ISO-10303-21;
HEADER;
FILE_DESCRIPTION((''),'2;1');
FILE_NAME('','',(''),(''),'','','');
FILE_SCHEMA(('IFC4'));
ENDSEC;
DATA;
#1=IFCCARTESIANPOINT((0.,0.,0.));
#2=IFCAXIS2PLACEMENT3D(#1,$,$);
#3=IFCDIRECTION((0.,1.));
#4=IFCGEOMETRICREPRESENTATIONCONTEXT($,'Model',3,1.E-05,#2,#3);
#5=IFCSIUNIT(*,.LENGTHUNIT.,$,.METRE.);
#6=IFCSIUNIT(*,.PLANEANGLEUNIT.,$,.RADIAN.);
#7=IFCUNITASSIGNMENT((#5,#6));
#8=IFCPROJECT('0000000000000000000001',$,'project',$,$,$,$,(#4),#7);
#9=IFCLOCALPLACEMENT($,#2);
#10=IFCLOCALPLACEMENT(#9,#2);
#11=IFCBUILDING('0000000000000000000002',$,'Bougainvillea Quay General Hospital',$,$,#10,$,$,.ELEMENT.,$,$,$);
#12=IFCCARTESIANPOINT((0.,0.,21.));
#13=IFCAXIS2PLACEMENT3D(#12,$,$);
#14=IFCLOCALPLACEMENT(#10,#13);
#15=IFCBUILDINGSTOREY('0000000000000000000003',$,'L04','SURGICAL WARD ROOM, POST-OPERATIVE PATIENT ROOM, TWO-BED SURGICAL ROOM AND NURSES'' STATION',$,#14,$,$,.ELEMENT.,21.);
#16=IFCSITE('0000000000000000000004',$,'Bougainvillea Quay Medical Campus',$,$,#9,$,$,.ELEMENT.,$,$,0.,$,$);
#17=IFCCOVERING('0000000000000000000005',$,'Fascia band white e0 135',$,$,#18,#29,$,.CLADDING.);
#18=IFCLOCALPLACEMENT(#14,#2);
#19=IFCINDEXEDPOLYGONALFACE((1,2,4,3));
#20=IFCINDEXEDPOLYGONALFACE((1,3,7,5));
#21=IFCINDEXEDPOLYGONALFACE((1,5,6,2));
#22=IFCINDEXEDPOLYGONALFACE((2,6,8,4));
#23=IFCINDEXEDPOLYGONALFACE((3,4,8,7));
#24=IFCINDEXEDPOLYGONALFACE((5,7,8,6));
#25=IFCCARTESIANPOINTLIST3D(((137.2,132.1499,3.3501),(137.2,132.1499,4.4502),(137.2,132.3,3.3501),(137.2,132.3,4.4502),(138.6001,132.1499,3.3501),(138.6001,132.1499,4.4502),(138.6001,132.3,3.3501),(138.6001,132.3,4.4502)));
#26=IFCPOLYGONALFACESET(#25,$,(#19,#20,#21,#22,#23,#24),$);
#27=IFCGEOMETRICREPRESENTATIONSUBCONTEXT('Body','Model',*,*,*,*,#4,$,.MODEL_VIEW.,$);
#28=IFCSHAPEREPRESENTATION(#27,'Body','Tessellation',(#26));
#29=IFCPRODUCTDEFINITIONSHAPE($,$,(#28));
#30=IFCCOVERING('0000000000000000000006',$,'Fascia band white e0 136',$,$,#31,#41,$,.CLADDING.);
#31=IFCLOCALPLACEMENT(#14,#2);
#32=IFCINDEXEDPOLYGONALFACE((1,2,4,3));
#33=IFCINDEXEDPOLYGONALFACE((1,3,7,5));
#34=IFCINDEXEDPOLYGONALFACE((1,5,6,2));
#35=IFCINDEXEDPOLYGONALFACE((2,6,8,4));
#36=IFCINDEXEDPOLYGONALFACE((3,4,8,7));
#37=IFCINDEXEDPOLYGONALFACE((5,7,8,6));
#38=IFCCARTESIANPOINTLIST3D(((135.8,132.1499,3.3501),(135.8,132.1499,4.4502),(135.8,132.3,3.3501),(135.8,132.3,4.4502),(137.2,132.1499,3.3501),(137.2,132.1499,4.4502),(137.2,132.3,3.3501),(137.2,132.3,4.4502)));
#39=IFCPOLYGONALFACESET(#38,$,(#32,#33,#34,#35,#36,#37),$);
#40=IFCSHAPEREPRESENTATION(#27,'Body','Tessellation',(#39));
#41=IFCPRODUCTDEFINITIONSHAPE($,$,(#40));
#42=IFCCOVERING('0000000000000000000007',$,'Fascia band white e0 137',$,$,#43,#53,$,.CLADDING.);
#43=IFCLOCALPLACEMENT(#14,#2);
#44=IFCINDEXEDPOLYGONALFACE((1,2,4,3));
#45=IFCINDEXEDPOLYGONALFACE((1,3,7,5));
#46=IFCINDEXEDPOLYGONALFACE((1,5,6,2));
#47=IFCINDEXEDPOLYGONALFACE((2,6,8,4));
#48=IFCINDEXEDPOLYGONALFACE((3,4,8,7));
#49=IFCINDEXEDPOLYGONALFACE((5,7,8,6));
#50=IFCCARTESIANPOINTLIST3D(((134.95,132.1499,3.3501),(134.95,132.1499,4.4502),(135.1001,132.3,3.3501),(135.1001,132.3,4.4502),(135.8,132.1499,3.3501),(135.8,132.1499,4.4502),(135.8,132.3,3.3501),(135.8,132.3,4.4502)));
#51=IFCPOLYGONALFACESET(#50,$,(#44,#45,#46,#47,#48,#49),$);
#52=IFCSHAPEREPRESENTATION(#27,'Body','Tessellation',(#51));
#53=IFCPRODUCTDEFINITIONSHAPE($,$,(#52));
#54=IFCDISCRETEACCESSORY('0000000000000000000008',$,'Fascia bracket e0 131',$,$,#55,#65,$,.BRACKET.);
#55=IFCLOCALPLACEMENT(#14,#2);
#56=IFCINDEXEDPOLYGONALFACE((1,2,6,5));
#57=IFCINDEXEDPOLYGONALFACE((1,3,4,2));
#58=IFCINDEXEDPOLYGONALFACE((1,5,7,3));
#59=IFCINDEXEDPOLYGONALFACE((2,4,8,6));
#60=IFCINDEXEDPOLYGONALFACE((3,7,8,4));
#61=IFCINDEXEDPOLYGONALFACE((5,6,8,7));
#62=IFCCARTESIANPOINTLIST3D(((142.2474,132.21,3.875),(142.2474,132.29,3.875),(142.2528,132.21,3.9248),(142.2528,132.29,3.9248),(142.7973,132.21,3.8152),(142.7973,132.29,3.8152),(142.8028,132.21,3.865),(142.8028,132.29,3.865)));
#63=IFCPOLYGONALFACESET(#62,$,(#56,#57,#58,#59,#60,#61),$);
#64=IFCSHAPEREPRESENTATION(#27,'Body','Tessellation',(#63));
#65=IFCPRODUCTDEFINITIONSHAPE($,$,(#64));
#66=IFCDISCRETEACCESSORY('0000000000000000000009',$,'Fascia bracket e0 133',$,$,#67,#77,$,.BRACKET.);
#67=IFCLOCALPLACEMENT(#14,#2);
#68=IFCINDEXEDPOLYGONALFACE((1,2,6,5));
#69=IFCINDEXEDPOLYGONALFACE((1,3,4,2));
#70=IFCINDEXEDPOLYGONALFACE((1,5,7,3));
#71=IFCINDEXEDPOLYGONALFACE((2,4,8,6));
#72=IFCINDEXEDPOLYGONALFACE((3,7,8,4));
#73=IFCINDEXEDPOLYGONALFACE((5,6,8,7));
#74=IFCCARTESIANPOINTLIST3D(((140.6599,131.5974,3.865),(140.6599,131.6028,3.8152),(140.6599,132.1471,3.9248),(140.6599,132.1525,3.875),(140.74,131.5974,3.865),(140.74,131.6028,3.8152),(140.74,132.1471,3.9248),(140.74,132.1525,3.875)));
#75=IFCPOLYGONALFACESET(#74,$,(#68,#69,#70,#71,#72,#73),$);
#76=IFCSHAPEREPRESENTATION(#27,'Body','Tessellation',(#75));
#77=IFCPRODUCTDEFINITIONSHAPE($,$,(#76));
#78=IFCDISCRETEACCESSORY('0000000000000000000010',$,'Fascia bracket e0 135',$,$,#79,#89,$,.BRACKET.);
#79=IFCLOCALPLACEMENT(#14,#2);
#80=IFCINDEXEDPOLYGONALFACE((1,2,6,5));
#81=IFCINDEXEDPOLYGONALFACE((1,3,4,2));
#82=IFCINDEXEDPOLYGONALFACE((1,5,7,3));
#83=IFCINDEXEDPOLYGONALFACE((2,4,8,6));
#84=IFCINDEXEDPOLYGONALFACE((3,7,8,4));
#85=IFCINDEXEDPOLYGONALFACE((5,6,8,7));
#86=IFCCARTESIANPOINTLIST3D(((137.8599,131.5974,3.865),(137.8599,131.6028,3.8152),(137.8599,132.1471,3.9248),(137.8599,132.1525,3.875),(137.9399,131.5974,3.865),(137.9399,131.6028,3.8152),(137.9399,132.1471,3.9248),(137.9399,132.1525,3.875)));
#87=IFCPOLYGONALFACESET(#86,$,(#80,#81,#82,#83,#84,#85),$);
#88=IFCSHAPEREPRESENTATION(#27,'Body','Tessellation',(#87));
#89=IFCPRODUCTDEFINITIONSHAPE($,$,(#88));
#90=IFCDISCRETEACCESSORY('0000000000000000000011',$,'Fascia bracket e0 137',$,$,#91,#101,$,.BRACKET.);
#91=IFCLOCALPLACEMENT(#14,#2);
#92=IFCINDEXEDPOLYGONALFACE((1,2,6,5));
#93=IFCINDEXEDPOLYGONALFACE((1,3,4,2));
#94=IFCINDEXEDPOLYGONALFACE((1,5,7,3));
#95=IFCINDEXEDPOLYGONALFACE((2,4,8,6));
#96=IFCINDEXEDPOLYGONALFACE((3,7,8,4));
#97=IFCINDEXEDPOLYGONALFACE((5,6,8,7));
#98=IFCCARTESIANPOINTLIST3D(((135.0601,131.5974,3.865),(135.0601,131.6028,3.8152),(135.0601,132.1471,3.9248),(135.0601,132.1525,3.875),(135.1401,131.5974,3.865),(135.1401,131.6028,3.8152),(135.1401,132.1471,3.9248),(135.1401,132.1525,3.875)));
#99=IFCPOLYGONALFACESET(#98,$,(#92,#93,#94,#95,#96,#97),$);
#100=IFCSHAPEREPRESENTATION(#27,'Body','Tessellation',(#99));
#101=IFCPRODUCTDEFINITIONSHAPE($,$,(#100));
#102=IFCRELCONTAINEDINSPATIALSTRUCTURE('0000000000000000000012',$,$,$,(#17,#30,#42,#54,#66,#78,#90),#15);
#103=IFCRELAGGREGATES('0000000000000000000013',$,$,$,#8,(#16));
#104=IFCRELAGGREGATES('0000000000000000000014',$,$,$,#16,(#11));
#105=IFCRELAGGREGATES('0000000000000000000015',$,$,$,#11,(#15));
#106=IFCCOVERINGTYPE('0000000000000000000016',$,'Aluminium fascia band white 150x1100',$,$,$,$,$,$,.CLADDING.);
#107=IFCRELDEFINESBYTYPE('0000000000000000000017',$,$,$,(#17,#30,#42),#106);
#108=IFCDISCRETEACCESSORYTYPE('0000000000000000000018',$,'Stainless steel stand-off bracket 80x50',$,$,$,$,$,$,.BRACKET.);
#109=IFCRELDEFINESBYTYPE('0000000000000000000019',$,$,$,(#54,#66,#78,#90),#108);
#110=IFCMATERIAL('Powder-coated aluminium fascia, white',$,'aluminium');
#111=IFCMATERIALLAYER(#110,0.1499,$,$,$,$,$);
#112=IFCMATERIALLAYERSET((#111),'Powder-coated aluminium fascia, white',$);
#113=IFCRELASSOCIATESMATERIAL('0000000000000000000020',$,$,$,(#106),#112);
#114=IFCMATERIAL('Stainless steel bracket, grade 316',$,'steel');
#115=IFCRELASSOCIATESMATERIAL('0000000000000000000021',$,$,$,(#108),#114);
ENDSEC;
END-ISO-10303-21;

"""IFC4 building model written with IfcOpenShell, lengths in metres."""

from ifc_helpers import new_model, si_unit, direction, frame, origin, origin_2d, place, context, subcontext, project, spatial, polyline, rectangle, outline, extrude, material, layer, layer_set, material_profile, profile_set, type_object, element, save


model = new_model("IFC4")

# Units and contexts
model_context = context("Model", 3, precision=1e-05, world=origin(), true_north=direction((0.0, 1.0)))
body_context = subcontext(model_context, "Body", "Model", "MODEL_VIEW")
ifc_project = project(units=[si_unit("LENGTHUNIT", "METRE"), si_unit("PLANEANGLEUNIT", "RADIAN")], contexts=[model_context])

# Site, building, storey
site_placement = place(None, origin())
site = spatial("IfcSite", under=ifc_project, at=site_placement, Name="Bougainvillea Quay Medical Campus", CompositionType="ELEMENT", RefElevation=0.0)
building_placement = place(site_placement, origin())
building = spatial("IfcBuilding", under=site, at=building_placement, Name="Bougainvillea Quay General Hospital", CompositionType="ELEMENT")
storey_placement = place(building_placement, frame((0.0, 0.0, 21.0)))
storey = spatial("IfcBuildingStorey", under=building, at=storey_placement, Name="L04", Description="SURGICAL WARD ROOM, POST-OPERATIVE PATIENT ROOM, TWO-BED SURGICAL ROOM AND NURSES' STATION", CompositionType="ELEMENT", Elevation=21.0)

# Coverings
ifc_material_1 = material(Name="Powder-coated aluminium fascia, white", Category="aluminium")
ifc_layer_1 = layer(ifc_material_1, 0.1499)
ifc_layer_set_1 = layer_set([ifc_layer_1], Name="Powder-coated aluminium fascia, white")
covering_type = type_object("IfcCoveringType", Name="Aluminium fascia band white 150x1100", PredefinedType="CLADDING", material=ifc_layer_set_1)
covering_1_placement = place(storey_placement, frame((138.6001, 132.1499, 3.3501), z_axis=(0.0, 0.0, 1.0), x_axis=(-1.0, 0.0, 0.0)))
element("IfcCovering", 1, at=covering_1_placement, inside=storey, type_object=covering_type, Name="Fascia band white e0 135", PredefinedType="CLADDING", context=body_context, shape_type="SweptSolid", body=[
    extrude(outline(polyline([(0.0, 0.0), (1.4001, 0.0), (1.4001, -0.1501), (0.0, -0.1501), (0.0, 0.0)])), origin(), (0.0, 0.0, 1.0), 1.1001),
])
covering_2_placement = place(storey_placement, frame((137.2, 132.1499, 3.3501), z_axis=(0.0, 0.0, 1.0), x_axis=(-1.0, 0.0, 0.0)))
element("IfcCovering", 2, at=covering_2_placement, inside=storey, type_object=covering_type, Name="Fascia band white e0 136", PredefinedType="CLADDING", context=body_context, shape_type="SweptSolid", body=[
    extrude(outline(polyline([(0.0, 0.0), (1.3999, 0.0), (1.3999, -0.1501), (0.0, -0.1501), (0.0, 0.0)])), origin(), (0.0, 0.0, 1.0), 1.1001),
])
covering_3_placement = place(storey_placement, frame((135.8, 132.1499, 3.3501), z_axis=(0.0, 0.0, 1.0), x_axis=(-1.0, 0.0, 0.0)))
element("IfcCovering", 3, at=covering_3_placement, inside=storey, type_object=covering_type, Name="Fascia band white e0 137", PredefinedType="CLADDING", context=body_context, shape_type="SweptSolid", body=[
    extrude(outline(polyline([(0.0, 0.0), (0.8501, 0.0), (0.7, -0.1501), (0.0, -0.1501), (0.0, 0.0)])), origin(), (0.0, 0.0, 1.0), 1.1001),
])

# Discrete accessories
ifc_material_2 = material(Name="Stainless steel bracket, grade 316", Category="steel")
ifc_material_profile_1 = material_profile(ifc_material_2, rectangle(XDim=0.0801, YDim=0.05, at=origin_2d()))
ifc_profile_set_1 = profile_set([ifc_material_profile_1], Name="Stainless steel bracket, grade 316")
discrete_accessory_type = type_object("IfcDiscreteAccessoryType", Name="Stainless steel stand-off bracket 80x50", PredefinedType="BRACKET", material=ifc_profile_set_1)
discrete_accessory_placement = place(storey_placement, frame((142.8, 132.25, 3.8401), z_axis=(-0.994139, 0.0, 0.108107), x_axis=(0.0, -1.0, 0.0)))
element("IfcDiscreteAccessory", 4, at=discrete_accessory_placement, inside=storey, type_object=discrete_accessory_type, Name="Fascia bracket e0 131", PredefinedType="BRACKET", context=body_context, shape_type="SweptSolid", body=[
    extrude(rectangle(XDim=0.0801, YDim=0.05, at=origin_2d()), origin(), (0.0, 0.0, 1.0), 0.5532),
])
for number, where, z_axis, x_axis, name in (
    (5, (140.7, 131.6001, 3.8401), (0.0, 0.994134, 0.108154), (-1.0, 0.0, 0.0), "Fascia bracket e0 133"),
    (6, (137.8999, 131.6001, 3.8401), (0.0, 0.994134, 0.108154), (-1.0, 0.0, 0.0), "Fascia bracket e0 135"),
    (7, (135.1001, 131.6001, 3.8401), (0.0, 0.994134, 0.108154), (-1.0, 0.0, 0.0), "Fascia bracket e0 137"),
):
    element("IfcDiscreteAccessory", number, at=place(storey_placement, frame(where, z_axis=z_axis, x_axis=x_axis)), inside=storey, type_object=discrete_accessory_type, Name=name, PredefinedType="BRACKET", context=body_context, shape_type="SweptSolid", body=[
        extrude(rectangle(XDim=0.0801, YDim=0.05, at=origin_2d()), origin(), (0.0, 0.0, 1.0), 0.553),
    ])

save(model, "model.ifc")
